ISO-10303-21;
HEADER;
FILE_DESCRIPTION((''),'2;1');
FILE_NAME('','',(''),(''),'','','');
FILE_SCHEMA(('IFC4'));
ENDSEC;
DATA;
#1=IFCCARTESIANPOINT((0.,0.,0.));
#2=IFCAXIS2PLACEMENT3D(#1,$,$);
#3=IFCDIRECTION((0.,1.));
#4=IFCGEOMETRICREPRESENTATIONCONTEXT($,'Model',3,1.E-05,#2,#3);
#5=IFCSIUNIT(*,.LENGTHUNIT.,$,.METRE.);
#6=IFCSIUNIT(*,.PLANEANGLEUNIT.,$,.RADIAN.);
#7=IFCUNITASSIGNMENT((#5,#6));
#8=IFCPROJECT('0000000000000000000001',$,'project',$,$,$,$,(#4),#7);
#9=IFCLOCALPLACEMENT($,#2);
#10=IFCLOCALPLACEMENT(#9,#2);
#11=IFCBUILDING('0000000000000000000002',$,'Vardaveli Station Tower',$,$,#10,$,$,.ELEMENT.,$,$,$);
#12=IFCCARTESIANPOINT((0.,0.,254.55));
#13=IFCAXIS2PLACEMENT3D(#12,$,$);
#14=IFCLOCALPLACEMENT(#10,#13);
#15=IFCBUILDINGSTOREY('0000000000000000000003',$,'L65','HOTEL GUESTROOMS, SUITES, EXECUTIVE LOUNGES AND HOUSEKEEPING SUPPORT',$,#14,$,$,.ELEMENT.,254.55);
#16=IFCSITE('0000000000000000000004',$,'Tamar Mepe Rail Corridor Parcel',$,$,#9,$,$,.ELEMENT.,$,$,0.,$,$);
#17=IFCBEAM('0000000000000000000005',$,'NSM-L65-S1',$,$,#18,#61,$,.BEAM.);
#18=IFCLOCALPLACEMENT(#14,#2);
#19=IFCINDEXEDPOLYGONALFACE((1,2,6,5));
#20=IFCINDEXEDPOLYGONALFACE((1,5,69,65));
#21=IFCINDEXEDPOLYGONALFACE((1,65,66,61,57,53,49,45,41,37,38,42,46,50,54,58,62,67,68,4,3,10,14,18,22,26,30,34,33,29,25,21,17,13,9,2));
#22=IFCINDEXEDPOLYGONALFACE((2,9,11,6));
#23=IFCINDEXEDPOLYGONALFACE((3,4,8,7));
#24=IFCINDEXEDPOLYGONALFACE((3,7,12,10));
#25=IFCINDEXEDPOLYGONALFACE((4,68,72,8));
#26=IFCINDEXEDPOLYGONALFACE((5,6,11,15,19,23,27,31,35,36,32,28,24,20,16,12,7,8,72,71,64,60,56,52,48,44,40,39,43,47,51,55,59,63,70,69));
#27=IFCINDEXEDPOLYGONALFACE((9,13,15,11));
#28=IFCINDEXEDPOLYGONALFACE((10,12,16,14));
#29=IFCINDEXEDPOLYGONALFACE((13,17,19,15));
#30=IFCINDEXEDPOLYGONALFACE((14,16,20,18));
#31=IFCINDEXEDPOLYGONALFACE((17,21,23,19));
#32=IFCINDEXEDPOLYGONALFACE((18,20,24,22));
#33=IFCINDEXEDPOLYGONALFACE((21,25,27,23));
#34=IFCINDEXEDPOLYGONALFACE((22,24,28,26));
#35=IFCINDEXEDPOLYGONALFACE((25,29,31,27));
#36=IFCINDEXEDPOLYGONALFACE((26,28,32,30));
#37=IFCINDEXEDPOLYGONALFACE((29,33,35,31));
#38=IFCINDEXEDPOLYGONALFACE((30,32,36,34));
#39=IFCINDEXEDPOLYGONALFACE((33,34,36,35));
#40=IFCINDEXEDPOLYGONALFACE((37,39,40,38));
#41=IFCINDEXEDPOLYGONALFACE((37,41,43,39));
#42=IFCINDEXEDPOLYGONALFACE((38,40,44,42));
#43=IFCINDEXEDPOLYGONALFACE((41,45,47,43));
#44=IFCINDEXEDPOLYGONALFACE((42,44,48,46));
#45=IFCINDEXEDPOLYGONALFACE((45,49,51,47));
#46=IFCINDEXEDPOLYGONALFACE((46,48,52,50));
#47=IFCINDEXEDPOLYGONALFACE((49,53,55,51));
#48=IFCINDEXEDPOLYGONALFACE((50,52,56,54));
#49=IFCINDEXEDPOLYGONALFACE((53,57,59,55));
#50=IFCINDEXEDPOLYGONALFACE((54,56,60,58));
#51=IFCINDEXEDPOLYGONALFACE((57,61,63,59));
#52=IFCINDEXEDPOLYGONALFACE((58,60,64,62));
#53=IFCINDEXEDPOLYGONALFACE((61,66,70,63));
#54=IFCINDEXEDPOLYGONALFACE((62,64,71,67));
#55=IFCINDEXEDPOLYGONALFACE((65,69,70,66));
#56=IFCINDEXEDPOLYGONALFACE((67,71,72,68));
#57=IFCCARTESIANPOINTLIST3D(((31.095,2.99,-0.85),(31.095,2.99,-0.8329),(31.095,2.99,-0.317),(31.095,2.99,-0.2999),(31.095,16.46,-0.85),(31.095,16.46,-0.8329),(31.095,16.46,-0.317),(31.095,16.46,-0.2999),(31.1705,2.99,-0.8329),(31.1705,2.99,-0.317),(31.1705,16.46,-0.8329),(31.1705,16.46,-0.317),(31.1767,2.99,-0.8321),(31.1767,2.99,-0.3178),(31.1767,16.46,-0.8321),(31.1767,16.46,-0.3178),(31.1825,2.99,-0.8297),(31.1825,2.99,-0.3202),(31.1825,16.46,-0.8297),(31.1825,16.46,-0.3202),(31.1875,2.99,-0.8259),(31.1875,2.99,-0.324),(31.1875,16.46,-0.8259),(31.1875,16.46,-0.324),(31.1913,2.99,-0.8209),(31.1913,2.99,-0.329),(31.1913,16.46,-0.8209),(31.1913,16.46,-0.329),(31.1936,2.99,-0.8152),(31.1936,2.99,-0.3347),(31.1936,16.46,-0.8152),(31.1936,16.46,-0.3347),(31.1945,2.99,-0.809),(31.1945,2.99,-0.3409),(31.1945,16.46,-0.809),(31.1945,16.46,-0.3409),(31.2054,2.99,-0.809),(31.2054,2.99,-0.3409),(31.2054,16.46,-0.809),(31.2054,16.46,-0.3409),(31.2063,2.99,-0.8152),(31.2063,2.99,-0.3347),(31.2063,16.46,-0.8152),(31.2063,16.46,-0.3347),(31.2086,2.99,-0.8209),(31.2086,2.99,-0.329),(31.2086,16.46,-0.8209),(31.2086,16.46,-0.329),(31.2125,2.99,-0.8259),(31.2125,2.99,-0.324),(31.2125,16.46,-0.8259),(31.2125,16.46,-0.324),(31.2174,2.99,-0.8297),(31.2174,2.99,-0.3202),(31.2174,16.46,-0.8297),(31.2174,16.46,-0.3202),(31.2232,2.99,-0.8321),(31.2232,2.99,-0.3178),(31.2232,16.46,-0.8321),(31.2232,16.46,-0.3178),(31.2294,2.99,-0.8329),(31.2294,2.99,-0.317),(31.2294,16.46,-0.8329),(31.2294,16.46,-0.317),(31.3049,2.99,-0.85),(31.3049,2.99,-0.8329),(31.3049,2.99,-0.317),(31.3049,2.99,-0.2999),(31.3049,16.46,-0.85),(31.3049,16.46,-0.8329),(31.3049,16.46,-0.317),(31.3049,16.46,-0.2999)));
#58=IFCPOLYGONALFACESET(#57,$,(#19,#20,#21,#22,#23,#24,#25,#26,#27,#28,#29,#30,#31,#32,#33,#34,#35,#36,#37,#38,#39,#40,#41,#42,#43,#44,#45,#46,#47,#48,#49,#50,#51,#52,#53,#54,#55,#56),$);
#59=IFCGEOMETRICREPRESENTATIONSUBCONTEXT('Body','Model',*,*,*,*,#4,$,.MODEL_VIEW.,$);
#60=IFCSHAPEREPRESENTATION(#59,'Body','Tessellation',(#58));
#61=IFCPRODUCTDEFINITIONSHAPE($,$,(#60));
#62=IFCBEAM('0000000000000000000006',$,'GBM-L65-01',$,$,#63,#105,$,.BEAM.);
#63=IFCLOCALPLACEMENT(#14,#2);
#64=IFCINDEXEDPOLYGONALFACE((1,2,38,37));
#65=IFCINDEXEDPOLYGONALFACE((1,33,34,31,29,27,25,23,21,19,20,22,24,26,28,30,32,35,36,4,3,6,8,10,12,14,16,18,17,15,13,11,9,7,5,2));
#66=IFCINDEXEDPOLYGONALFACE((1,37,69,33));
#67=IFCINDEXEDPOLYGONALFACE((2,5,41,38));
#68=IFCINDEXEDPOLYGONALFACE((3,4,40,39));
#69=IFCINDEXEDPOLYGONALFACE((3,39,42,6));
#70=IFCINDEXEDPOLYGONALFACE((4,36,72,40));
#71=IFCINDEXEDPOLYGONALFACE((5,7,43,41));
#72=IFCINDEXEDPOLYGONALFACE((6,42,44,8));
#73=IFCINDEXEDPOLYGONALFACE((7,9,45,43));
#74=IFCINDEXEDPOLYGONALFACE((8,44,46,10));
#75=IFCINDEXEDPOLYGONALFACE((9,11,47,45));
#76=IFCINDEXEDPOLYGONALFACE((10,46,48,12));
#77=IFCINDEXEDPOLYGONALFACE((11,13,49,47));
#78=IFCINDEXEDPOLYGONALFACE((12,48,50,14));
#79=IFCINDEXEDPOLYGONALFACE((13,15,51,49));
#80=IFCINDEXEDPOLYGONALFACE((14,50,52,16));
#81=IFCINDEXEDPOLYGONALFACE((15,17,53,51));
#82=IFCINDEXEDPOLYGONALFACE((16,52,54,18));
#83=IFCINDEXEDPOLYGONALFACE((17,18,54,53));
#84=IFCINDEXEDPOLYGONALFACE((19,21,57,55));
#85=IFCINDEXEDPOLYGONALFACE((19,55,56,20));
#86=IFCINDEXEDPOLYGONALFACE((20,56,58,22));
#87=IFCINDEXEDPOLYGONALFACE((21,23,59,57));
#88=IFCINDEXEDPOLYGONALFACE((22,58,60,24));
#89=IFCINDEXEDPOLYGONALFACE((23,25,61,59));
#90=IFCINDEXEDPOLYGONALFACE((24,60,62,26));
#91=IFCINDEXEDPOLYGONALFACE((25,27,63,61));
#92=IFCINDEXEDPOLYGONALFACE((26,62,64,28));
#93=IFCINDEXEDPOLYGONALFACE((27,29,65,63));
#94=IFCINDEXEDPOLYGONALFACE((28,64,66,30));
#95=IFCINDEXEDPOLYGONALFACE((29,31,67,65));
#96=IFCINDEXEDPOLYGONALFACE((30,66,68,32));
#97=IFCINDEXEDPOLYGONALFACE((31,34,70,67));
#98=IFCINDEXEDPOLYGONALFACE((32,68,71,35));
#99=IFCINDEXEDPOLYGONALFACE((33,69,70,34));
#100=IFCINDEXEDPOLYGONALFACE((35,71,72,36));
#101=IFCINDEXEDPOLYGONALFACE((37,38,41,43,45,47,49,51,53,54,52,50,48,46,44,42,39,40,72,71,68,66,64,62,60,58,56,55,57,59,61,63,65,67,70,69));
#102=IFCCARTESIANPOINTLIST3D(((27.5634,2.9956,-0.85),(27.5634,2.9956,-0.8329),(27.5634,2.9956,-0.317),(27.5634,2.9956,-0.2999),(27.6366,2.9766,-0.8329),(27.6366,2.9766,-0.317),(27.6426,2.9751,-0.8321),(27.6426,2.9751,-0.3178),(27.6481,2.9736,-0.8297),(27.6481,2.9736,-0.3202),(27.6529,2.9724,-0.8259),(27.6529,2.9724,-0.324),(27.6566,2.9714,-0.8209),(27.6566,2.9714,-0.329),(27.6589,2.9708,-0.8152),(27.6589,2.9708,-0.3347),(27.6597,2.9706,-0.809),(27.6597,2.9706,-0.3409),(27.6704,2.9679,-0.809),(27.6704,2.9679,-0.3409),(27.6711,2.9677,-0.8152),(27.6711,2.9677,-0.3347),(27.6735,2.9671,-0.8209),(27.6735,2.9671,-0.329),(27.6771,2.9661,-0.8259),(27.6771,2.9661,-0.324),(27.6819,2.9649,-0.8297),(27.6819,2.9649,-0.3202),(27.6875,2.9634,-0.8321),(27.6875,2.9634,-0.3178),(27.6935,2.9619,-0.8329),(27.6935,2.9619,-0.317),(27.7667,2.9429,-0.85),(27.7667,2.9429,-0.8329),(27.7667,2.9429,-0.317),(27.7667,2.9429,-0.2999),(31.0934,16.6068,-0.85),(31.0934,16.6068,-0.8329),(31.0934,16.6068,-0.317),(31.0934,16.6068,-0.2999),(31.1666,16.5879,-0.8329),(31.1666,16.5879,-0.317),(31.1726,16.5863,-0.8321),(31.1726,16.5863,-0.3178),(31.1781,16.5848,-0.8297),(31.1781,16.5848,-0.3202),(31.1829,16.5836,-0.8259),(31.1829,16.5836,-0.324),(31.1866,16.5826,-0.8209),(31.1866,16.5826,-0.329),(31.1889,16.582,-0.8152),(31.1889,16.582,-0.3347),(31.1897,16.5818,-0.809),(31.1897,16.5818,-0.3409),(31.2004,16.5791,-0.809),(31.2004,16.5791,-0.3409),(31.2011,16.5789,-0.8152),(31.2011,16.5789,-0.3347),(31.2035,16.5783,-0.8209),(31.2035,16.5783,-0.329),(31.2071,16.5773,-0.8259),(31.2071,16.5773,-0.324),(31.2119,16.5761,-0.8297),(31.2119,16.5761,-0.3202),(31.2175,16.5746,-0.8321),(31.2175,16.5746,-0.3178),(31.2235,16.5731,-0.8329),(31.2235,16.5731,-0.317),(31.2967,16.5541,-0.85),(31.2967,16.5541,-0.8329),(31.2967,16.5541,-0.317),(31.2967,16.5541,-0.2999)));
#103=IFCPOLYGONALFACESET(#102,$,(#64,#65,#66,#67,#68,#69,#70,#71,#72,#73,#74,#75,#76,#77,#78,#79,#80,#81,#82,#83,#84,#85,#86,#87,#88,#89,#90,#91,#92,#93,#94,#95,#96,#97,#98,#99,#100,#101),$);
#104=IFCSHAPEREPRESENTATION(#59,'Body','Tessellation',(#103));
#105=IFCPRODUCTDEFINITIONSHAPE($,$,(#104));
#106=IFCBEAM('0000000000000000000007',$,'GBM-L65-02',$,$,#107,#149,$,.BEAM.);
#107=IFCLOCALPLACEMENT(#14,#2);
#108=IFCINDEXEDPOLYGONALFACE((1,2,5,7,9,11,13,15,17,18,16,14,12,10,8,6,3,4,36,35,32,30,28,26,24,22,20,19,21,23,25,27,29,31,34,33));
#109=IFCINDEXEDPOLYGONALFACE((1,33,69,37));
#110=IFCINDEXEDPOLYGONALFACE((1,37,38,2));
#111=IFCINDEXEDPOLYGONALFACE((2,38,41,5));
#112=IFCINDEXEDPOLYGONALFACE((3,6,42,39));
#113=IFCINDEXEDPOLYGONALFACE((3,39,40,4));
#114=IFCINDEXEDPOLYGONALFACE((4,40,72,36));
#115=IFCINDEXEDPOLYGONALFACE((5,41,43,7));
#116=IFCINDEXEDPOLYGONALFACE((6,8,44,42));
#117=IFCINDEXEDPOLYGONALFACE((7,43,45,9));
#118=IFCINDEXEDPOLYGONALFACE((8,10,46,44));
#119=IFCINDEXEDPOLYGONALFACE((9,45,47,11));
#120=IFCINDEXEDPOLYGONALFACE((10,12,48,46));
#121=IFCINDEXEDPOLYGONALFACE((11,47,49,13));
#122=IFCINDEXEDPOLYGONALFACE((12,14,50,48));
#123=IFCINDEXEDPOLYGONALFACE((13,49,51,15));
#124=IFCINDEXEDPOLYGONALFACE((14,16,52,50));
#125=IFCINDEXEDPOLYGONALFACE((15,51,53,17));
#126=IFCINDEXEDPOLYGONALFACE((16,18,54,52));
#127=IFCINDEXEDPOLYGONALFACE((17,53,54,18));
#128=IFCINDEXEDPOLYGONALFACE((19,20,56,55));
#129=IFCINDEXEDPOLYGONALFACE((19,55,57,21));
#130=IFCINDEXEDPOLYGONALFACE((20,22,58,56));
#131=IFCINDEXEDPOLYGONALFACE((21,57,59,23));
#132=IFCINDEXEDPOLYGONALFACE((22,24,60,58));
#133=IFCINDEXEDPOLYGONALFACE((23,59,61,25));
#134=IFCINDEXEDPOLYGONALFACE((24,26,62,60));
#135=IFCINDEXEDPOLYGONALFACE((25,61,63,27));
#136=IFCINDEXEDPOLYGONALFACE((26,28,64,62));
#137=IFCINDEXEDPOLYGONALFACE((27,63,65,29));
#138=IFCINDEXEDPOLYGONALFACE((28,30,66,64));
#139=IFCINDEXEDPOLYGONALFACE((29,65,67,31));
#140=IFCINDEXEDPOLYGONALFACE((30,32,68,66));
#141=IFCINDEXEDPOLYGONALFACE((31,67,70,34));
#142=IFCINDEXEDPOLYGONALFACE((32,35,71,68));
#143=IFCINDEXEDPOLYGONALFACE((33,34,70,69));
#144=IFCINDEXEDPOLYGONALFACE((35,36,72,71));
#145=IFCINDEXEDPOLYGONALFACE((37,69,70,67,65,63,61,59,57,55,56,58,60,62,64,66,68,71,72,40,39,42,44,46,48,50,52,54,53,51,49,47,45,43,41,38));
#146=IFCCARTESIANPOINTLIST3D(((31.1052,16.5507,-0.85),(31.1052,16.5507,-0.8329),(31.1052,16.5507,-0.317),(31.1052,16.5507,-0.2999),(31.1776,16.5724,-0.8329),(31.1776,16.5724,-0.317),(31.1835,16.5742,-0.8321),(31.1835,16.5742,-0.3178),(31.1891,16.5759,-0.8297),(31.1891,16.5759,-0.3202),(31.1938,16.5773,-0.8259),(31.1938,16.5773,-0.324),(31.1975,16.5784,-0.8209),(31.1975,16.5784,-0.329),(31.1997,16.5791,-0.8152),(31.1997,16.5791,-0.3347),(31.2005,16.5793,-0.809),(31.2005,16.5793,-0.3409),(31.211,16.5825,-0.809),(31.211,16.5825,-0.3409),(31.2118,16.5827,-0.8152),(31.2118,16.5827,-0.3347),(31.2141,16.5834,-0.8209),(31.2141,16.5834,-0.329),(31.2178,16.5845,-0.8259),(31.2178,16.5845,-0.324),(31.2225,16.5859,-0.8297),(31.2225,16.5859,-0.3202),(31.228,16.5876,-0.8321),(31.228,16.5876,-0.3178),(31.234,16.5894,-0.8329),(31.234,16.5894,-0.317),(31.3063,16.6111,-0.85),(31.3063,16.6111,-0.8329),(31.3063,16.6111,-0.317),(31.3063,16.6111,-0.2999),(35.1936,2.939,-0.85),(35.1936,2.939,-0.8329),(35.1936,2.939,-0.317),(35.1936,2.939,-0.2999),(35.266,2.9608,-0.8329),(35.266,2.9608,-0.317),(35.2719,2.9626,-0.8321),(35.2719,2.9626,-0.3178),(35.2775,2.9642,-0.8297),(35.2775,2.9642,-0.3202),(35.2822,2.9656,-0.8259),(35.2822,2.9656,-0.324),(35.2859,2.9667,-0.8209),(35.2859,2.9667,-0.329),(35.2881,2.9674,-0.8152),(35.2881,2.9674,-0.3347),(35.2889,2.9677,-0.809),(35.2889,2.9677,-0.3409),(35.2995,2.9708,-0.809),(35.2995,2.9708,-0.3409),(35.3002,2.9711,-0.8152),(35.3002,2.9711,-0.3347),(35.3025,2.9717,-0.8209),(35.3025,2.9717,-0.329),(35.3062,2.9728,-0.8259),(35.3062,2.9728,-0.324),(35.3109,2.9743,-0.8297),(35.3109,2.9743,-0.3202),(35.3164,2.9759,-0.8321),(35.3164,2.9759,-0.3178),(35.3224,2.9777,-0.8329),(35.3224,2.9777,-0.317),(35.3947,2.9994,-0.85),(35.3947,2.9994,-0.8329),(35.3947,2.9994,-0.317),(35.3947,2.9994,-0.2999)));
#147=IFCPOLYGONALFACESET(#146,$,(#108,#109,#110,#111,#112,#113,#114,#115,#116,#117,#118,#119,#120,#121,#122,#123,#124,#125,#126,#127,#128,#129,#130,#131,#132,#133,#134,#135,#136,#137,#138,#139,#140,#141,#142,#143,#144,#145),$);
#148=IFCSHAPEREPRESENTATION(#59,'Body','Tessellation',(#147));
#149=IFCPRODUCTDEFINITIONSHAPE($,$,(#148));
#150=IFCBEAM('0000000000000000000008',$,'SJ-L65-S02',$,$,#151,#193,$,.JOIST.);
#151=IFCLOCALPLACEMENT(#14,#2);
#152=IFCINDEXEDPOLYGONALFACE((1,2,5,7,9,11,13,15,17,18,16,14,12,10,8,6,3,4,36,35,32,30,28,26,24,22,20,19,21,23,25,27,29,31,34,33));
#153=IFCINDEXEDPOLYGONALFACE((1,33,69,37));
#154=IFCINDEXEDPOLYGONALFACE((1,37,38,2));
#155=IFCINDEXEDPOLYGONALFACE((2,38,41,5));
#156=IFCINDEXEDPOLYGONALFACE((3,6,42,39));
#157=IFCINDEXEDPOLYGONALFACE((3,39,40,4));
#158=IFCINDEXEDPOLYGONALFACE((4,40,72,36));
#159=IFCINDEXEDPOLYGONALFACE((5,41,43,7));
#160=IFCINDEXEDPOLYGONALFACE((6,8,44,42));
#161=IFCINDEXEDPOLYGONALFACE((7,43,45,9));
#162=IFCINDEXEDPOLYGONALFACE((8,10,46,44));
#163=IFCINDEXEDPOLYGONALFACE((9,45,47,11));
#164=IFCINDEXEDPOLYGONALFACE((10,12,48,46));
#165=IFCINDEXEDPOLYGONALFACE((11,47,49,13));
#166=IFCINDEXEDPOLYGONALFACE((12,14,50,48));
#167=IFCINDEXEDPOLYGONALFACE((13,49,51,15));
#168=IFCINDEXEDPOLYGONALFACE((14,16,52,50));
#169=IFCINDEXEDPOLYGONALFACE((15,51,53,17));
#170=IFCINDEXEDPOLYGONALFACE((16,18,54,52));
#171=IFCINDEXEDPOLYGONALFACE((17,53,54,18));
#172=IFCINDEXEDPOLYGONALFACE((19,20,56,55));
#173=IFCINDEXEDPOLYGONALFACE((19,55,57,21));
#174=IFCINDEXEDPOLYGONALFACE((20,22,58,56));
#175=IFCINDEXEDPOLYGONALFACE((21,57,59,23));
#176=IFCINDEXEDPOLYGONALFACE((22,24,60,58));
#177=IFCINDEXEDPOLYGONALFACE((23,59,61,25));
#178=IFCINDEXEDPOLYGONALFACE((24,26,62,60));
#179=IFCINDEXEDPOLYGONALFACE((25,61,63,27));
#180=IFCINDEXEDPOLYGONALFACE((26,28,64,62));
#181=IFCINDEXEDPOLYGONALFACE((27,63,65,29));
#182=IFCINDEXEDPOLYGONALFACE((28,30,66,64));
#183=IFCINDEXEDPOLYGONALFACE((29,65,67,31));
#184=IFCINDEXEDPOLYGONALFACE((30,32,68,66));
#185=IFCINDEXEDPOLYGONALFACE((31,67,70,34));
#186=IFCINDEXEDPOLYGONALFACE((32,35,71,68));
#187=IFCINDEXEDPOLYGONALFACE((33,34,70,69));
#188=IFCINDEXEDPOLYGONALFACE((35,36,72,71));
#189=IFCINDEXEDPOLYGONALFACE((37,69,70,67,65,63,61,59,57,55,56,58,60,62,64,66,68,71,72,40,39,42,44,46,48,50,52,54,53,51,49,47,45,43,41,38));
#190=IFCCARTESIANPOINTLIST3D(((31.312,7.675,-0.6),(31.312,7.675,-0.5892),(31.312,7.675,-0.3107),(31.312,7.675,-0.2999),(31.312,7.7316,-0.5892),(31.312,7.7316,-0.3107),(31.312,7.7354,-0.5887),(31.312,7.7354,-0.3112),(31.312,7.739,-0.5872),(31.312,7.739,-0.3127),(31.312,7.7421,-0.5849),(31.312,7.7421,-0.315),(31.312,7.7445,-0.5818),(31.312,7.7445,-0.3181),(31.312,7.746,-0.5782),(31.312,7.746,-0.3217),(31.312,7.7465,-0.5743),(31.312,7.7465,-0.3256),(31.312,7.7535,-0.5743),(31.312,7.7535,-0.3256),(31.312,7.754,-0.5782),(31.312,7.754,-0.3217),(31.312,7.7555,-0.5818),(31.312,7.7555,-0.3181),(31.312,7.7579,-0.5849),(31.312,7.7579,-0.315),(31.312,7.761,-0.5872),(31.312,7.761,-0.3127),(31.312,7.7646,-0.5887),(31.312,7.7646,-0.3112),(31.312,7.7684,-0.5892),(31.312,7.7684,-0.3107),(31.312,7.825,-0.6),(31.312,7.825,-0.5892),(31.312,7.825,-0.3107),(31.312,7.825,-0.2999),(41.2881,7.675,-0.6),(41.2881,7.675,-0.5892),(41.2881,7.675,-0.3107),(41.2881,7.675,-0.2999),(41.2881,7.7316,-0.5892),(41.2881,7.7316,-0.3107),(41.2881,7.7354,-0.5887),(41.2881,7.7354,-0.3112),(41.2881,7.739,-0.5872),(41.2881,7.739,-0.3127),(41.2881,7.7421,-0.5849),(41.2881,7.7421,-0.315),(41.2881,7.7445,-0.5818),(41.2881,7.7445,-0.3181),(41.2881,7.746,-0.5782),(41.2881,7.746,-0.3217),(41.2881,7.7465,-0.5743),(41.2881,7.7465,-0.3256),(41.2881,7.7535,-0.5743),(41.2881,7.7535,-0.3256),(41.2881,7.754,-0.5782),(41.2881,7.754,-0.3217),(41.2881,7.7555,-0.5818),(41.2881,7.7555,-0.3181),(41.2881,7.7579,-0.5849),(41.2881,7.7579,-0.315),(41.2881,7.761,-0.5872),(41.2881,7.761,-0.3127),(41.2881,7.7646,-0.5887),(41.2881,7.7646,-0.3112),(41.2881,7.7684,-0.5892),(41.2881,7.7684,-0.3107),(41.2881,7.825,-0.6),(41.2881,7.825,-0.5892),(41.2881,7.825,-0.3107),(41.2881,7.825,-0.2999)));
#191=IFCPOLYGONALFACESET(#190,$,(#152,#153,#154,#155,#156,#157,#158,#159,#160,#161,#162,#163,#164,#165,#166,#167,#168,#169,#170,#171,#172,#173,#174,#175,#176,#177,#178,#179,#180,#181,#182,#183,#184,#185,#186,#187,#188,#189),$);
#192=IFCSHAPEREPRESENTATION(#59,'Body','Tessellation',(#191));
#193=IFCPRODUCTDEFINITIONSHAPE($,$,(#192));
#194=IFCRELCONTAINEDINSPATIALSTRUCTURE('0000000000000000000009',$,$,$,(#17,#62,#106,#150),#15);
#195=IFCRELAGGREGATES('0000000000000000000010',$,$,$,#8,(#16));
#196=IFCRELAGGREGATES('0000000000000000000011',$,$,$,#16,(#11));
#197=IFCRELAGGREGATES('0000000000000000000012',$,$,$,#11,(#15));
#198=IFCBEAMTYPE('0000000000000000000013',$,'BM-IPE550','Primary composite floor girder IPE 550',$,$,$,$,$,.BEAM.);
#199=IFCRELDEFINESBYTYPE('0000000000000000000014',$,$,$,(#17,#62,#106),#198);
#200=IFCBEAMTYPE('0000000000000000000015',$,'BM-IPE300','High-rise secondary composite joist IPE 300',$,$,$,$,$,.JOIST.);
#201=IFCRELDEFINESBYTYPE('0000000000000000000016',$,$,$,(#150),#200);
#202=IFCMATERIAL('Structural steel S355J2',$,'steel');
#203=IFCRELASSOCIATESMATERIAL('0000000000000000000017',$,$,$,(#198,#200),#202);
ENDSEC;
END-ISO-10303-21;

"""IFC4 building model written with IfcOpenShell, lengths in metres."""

from ifc_helpers import new_model, si_unit, direction, frame, origin, origin_2d, place, context, subcontext, project, spatial, i_section, extrude, source, transform, mapped, material, material_profile, profile_set, type_object, element, save


model = new_model("IFC4")

# Units and contexts
model_context = context("Model", 3, precision=1e-05, world=origin(), true_north=direction((0.0, 1.0)))
body_context = subcontext(model_context, "Body", "Model", "MODEL_VIEW")
ifc_project = project(units=[si_unit("LENGTHUNIT", "METRE"), si_unit("PLANEANGLEUNIT", "RADIAN")], contexts=[model_context])

# Site, building, storey
site_placement = place(None, origin())
site = spatial("IfcSite", under=ifc_project, at=site_placement, Name="Tamar Mepe Rail Corridor Parcel", CompositionType="ELEMENT", RefElevation=0.0)
building_placement = place(site_placement, origin())
building = spatial("IfcBuilding", under=site, at=building_placement, Name="Vardaveli Station Tower", CompositionType="ELEMENT")
storey_placement = place(building_placement, frame((0.0, 0.0, 254.55)))
storey = spatial("IfcBuildingStorey", under=building, at=storey_placement, Name="L65", Description="HOTEL GUESTROOMS, SUITES, EXECUTIVE LOUNGES AND HOUSEKEEPING SUPPORT", CompositionType="ELEMENT", Elevation=254.55)

# Beams
ifc_material_1 = material(Name="Structural steel S355J2", Category="steel")
ifc_material_profile_1 = material_profile(ifc_material_1, i_section(OverallWidth=0.21, OverallDepth=0.55, WebThickness=0.011, FlangeThickness=0.0171, FilletRadius=0.0239, at=origin_2d()), Name="IPE 550")
ifc_profile_set_1 = profile_set([ifc_material_profile_1], Name="Structural steel S355J2")
beam_type_1 = type_object("IfcBeamType", Name="BM-IPE550", Description="Primary composite floor girder IPE 550", PredefinedType="BEAM", material=ifc_profile_set_1)
shared_shape_1 = source(origin(), body_context, "Body", "SweptSolid", [
    extrude(i_section(OverallWidth=0.21, OverallDepth=0.55, WebThickness=0.011, FlangeThickness=0.0171, FilletRadius=0.0239, at=origin_2d()), origin(), (0.0, 0.0, 1.0), 13.47),
])
beam_1_placement = place(storey_placement, frame((31.2, 2.99, -0.575), z_axis=(0.0, 1.0, 0.0), x_axis=(-1.0, 0.0, 0.0)))
element("IfcBeam", 1, at=beam_1_placement, inside=storey, type_object=beam_type_1, Name="NSM-L65-S1", PredefinedType="BEAM", context=body_context, shape_type="MappedRepresentation", body=[
    mapped(shared_shape_1, transform((0.0, 0.0, 0.0), scale=1.0)),
])
shared_shape_2 = source(origin(), body_context, "Body", "SweptSolid", [
    extrude(i_section(OverallWidth=0.21, OverallDepth=0.55, WebThickness=0.011, FlangeThickness=0.0171, FilletRadius=0.0239, at=origin_2d()), origin(), (0.0, 0.0, 1.0), 14.0615),
])
beam_2_placement = place(storey_placement, frame((27.665, 2.9692, -0.575), z_axis=(0.25104, 0.967977, 0.0), x_axis=(-0.967977, 0.25104, 0.0)))
element("IfcBeam", 2, at=beam_2_placement, inside=storey, type_object=beam_type_1, Name="GBM-L65-01", PredefinedType="BEAM", context=body_context, shape_type="MappedRepresentation", body=[
    mapped(shared_shape_2, transform((0.0, 0.0, 0.0), scale=1.0)),
])
shared_shape_3 = source(origin(), body_context, "Body", "SweptSolid", [
    extrude(i_section(OverallWidth=0.21, OverallDepth=0.55, WebThickness=0.011, FlangeThickness=0.0171, FilletRadius=0.0239, at=origin_2d()), origin(), (0.0, 0.0, 1.0), 14.2124),
])
beam_3_placement = place(storey_placement, frame((35.2942, 2.9692, -0.575), z_axis=(-0.287665, 0.957731, 0.0), x_axis=(-0.957731, -0.287665, 0.0)))
element("IfcBeam", 3, at=beam_3_placement, inside=storey, type_object=beam_type_1, Name="GBM-L65-02", PredefinedType="BEAM", context=body_context, shape_type="MappedRepresentation", body=[
    mapped(shared_shape_3, transform((0.0, 0.0, 0.0), scale=1.0)),
])
ifc_material_profile_2 = material_profile(ifc_material_1, i_section(OverallWidth=0.1499, OverallDepth=0.3, WebThickness=0.0071, FlangeThickness=0.0107, FilletRadius=0.0149, at=origin_2d()), Name="IPE 300")
ifc_profile_set_2 = profile_set([ifc_material_profile_2], Name="Structural steel S355J2")
beam_type_2 = type_object("IfcBeamType", Name="BM-IPE300", Description="High-rise secondary composite joist IPE 300", PredefinedType="JOIST", material=ifc_profile_set_2)
shared_shape_4 = source(origin(), body_context, "Body", "SweptSolid", [
    extrude(i_section(OverallWidth=0.1499, OverallDepth=0.3, WebThickness=0.0071, FlangeThickness=0.0107, FilletRadius=0.0149, at=origin_2d()), origin(), (0.0, 0.0, 1.0), 9.9761),
])
beam_4_placement = place(storey_placement, frame((31.312, 7.75, -0.45), z_axis=(1.0, 0.0, 0.0), x_axis=(0.0, 1.0, 0.0)))
element("IfcBeam", 4, at=beam_4_placement, inside=storey, type_object=beam_type_2, Name="SJ-L65-S02", PredefinedType="JOIST", context=body_context, shape_type="MappedRepresentation", body=[
    mapped(shared_shape_4, transform((0.0, 0.0, 0.0), scale=1.0)),
])

save(model, "model.ifc")
